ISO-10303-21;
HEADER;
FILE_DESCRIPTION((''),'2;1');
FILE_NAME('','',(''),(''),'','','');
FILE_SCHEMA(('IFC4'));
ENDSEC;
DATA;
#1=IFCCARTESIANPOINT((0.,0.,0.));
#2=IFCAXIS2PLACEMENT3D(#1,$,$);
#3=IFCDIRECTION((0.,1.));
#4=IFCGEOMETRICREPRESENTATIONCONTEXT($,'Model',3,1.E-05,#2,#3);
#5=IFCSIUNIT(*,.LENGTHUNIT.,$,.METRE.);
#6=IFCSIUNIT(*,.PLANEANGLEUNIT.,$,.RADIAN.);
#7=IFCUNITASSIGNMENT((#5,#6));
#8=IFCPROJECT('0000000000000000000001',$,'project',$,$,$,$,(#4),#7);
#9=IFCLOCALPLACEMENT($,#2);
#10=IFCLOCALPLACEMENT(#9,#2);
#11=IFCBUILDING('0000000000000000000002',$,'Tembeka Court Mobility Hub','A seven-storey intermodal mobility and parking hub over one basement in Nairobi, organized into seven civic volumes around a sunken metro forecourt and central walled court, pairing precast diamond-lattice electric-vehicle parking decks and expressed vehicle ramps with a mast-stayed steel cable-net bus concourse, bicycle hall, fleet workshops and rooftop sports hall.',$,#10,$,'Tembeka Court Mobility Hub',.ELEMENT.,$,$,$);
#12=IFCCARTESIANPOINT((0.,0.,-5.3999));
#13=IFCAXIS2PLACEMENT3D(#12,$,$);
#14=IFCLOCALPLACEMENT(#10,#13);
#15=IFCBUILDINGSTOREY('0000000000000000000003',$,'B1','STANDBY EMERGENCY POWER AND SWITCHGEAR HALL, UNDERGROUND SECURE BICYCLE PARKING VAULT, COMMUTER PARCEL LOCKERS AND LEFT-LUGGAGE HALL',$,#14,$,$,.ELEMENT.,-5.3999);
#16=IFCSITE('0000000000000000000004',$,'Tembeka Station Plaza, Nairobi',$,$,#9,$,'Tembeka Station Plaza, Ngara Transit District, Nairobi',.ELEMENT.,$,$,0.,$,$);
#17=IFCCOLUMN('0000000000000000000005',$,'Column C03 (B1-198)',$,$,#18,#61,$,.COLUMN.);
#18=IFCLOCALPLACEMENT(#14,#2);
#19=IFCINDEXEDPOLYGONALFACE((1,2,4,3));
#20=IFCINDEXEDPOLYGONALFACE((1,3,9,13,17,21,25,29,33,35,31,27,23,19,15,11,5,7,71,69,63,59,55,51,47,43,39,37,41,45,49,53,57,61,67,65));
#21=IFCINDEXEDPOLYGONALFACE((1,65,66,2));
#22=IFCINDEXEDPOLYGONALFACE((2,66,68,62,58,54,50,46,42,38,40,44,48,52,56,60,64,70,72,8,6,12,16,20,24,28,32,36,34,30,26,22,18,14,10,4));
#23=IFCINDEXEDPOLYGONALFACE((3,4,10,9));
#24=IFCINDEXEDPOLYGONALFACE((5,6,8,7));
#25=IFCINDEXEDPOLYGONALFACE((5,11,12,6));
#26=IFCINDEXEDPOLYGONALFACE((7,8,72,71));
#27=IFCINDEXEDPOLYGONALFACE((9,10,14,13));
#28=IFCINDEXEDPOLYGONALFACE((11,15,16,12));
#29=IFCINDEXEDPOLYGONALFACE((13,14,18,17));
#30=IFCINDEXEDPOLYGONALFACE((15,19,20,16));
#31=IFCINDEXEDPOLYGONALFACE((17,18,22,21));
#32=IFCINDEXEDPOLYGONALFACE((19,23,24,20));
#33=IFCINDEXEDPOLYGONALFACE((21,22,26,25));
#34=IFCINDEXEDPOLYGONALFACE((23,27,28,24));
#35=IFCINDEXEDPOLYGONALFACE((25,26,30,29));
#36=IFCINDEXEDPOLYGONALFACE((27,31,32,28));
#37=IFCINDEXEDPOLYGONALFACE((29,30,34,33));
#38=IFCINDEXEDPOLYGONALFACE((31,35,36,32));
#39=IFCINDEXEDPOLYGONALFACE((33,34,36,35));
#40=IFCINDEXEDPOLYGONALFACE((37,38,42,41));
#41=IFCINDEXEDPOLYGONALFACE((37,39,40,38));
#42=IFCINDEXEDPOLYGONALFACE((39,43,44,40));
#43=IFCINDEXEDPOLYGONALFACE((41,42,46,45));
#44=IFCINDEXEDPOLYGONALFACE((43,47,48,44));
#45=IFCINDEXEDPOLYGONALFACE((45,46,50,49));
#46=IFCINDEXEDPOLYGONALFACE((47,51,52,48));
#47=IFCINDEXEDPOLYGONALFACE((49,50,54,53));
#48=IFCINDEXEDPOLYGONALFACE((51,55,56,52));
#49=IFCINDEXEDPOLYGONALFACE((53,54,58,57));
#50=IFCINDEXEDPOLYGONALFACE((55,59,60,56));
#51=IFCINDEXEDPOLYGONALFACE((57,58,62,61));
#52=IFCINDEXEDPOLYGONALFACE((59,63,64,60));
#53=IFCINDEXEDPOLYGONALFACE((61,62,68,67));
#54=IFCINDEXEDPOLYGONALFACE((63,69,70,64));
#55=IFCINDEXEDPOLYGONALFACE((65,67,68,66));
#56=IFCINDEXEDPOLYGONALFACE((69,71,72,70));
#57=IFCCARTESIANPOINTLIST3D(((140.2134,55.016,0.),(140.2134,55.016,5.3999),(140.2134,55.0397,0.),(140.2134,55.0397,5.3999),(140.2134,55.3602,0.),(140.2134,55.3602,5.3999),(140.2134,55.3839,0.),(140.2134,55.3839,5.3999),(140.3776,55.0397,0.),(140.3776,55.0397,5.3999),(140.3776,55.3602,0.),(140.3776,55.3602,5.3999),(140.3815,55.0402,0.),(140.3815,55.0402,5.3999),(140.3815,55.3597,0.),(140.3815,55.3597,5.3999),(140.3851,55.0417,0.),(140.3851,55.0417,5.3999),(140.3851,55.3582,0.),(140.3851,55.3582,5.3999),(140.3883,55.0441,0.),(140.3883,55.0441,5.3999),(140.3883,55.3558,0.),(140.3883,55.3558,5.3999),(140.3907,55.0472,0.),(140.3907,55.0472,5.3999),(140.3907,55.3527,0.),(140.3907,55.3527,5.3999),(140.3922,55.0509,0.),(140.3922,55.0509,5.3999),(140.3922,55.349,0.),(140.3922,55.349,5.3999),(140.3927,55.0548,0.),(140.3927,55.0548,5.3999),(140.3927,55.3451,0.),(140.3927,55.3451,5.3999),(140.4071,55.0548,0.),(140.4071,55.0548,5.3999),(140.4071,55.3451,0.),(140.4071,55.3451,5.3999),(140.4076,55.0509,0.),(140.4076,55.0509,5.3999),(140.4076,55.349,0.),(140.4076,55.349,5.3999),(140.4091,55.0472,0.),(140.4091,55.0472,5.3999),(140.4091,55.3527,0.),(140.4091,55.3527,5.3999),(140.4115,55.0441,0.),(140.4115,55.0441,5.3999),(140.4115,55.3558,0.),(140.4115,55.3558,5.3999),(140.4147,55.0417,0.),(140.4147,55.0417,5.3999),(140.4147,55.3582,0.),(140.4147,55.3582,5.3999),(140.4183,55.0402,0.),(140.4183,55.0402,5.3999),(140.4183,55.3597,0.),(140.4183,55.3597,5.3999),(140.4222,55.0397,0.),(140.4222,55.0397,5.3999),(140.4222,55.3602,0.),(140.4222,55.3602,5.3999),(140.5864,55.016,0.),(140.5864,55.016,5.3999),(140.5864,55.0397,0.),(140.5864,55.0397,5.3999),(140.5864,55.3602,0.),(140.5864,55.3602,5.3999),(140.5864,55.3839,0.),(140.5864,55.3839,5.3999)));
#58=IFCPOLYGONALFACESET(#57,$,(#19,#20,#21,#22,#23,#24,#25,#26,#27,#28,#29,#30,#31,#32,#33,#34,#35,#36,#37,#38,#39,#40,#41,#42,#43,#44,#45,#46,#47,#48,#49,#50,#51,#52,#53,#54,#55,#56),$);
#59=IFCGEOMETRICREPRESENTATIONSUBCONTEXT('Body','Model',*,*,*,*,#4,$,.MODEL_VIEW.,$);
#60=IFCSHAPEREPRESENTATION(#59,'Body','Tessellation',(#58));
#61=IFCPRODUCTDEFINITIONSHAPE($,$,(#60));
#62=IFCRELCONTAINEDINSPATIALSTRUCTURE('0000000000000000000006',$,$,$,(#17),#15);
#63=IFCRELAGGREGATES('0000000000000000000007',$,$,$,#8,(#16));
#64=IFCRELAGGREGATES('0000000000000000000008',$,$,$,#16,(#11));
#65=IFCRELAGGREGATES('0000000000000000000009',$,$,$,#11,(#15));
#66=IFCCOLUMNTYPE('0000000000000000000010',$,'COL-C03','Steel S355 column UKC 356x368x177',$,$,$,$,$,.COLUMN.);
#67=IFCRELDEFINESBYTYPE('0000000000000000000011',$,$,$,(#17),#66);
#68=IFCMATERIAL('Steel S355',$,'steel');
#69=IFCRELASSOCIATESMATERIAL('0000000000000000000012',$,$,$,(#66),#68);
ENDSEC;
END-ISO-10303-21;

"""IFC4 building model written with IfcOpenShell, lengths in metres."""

from ifc_helpers import new_model, si_unit, direction, frame, origin, origin_2d, place, context, subcontext, project, spatial, i_section, extrude, material, material_profile, profile_set, type_object, element, save


model = new_model("IFC4")

# Units and contexts
model_context = context("Model", 3, precision=1e-05, world=origin(), true_north=direction((0.0, 1.0)))
body_context = subcontext(model_context, "Body", "Model", "MODEL_VIEW")
ifc_project = project(units=[si_unit("LENGTHUNIT", "METRE"), si_unit("PLANEANGLEUNIT", "RADIAN")], contexts=[model_context])

# Site, building, storey
site_placement = place(None, origin())
site = spatial("IfcSite", under=ifc_project, at=site_placement, Name="Tembeka Station Plaza, Nairobi", LongName="Tembeka Station Plaza, Ngara Transit District, Nairobi", CompositionType="ELEMENT", RefElevation=0.0)
building_placement = place(site_placement, origin())
building = spatial("IfcBuilding", under=site, at=building_placement, Name="Tembeka Court Mobility Hub", Description="A seven-storey intermodal mobility and parking hub over one basement in Nairobi, organized into seven civic volumes around a sunken metro forecourt and central walled court, pairing precast diamond-lattice electric-vehicle parking decks and expressed vehicle ramps with a mast-stayed steel cable-net bus concourse, bicycle hall, fleet workshops and rooftop sports hall.", LongName="Tembeka Court Mobility Hub", CompositionType="ELEMENT")
storey_placement = place(building_placement, frame((0.0, 0.0, -5.3999)))
storey = spatial("IfcBuildingStorey", under=building, at=storey_placement, Name="B1", Description="STANDBY EMERGENCY POWER AND SWITCHGEAR HALL, UNDERGROUND SECURE BICYCLE PARKING VAULT, COMMUTER PARCEL LOCKERS AND LEFT-LUGGAGE HALL", CompositionType="ELEMENT", Elevation=-5.3999)

# Column
ifc_material_1 = material(Name="Steel S355", Category="steel")
ifc_material_profile_1 = material_profile(ifc_material_1, i_section(OverallWidth=0.373, OverallDepth=0.3679, WebThickness=0.0144, FlangeThickness=0.0237, FilletRadius=0.0151, at=origin_2d()), Name="UKC 356x368x177")
ifc_profile_set_1 = profile_set([ifc_material_profile_1], Name="Steel S355")
column_type_1 = type_object("IfcColumnType", Name="COL-C03", Description="Steel S355 column UKC 356x368x177", PredefinedType="COLUMN", material=ifc_profile_set_1)
column_placement = place(storey_placement, frame((140.3999, 55.2, 0.0), z_axis=(0.0, 0.0, 1.0), x_axis=(1.0, 0.0, 0.0)))
element("IfcColumn", 1, at=column_placement, inside=storey, type_object=column_type_1, Name="Column C03 (B1-198)", PredefinedType="COLUMN", context=body_context, shape_type="SweptSolid", body=[
    extrude(i_section(OverallWidth=0.373, OverallDepth=0.3679, WebThickness=0.0144, FlangeThickness=0.0237, FilletRadius=0.0151, at=origin_2d()), origin(), (0.0, 0.0, 1.0), 5.3999),
])

save(model, "model.ifc")
